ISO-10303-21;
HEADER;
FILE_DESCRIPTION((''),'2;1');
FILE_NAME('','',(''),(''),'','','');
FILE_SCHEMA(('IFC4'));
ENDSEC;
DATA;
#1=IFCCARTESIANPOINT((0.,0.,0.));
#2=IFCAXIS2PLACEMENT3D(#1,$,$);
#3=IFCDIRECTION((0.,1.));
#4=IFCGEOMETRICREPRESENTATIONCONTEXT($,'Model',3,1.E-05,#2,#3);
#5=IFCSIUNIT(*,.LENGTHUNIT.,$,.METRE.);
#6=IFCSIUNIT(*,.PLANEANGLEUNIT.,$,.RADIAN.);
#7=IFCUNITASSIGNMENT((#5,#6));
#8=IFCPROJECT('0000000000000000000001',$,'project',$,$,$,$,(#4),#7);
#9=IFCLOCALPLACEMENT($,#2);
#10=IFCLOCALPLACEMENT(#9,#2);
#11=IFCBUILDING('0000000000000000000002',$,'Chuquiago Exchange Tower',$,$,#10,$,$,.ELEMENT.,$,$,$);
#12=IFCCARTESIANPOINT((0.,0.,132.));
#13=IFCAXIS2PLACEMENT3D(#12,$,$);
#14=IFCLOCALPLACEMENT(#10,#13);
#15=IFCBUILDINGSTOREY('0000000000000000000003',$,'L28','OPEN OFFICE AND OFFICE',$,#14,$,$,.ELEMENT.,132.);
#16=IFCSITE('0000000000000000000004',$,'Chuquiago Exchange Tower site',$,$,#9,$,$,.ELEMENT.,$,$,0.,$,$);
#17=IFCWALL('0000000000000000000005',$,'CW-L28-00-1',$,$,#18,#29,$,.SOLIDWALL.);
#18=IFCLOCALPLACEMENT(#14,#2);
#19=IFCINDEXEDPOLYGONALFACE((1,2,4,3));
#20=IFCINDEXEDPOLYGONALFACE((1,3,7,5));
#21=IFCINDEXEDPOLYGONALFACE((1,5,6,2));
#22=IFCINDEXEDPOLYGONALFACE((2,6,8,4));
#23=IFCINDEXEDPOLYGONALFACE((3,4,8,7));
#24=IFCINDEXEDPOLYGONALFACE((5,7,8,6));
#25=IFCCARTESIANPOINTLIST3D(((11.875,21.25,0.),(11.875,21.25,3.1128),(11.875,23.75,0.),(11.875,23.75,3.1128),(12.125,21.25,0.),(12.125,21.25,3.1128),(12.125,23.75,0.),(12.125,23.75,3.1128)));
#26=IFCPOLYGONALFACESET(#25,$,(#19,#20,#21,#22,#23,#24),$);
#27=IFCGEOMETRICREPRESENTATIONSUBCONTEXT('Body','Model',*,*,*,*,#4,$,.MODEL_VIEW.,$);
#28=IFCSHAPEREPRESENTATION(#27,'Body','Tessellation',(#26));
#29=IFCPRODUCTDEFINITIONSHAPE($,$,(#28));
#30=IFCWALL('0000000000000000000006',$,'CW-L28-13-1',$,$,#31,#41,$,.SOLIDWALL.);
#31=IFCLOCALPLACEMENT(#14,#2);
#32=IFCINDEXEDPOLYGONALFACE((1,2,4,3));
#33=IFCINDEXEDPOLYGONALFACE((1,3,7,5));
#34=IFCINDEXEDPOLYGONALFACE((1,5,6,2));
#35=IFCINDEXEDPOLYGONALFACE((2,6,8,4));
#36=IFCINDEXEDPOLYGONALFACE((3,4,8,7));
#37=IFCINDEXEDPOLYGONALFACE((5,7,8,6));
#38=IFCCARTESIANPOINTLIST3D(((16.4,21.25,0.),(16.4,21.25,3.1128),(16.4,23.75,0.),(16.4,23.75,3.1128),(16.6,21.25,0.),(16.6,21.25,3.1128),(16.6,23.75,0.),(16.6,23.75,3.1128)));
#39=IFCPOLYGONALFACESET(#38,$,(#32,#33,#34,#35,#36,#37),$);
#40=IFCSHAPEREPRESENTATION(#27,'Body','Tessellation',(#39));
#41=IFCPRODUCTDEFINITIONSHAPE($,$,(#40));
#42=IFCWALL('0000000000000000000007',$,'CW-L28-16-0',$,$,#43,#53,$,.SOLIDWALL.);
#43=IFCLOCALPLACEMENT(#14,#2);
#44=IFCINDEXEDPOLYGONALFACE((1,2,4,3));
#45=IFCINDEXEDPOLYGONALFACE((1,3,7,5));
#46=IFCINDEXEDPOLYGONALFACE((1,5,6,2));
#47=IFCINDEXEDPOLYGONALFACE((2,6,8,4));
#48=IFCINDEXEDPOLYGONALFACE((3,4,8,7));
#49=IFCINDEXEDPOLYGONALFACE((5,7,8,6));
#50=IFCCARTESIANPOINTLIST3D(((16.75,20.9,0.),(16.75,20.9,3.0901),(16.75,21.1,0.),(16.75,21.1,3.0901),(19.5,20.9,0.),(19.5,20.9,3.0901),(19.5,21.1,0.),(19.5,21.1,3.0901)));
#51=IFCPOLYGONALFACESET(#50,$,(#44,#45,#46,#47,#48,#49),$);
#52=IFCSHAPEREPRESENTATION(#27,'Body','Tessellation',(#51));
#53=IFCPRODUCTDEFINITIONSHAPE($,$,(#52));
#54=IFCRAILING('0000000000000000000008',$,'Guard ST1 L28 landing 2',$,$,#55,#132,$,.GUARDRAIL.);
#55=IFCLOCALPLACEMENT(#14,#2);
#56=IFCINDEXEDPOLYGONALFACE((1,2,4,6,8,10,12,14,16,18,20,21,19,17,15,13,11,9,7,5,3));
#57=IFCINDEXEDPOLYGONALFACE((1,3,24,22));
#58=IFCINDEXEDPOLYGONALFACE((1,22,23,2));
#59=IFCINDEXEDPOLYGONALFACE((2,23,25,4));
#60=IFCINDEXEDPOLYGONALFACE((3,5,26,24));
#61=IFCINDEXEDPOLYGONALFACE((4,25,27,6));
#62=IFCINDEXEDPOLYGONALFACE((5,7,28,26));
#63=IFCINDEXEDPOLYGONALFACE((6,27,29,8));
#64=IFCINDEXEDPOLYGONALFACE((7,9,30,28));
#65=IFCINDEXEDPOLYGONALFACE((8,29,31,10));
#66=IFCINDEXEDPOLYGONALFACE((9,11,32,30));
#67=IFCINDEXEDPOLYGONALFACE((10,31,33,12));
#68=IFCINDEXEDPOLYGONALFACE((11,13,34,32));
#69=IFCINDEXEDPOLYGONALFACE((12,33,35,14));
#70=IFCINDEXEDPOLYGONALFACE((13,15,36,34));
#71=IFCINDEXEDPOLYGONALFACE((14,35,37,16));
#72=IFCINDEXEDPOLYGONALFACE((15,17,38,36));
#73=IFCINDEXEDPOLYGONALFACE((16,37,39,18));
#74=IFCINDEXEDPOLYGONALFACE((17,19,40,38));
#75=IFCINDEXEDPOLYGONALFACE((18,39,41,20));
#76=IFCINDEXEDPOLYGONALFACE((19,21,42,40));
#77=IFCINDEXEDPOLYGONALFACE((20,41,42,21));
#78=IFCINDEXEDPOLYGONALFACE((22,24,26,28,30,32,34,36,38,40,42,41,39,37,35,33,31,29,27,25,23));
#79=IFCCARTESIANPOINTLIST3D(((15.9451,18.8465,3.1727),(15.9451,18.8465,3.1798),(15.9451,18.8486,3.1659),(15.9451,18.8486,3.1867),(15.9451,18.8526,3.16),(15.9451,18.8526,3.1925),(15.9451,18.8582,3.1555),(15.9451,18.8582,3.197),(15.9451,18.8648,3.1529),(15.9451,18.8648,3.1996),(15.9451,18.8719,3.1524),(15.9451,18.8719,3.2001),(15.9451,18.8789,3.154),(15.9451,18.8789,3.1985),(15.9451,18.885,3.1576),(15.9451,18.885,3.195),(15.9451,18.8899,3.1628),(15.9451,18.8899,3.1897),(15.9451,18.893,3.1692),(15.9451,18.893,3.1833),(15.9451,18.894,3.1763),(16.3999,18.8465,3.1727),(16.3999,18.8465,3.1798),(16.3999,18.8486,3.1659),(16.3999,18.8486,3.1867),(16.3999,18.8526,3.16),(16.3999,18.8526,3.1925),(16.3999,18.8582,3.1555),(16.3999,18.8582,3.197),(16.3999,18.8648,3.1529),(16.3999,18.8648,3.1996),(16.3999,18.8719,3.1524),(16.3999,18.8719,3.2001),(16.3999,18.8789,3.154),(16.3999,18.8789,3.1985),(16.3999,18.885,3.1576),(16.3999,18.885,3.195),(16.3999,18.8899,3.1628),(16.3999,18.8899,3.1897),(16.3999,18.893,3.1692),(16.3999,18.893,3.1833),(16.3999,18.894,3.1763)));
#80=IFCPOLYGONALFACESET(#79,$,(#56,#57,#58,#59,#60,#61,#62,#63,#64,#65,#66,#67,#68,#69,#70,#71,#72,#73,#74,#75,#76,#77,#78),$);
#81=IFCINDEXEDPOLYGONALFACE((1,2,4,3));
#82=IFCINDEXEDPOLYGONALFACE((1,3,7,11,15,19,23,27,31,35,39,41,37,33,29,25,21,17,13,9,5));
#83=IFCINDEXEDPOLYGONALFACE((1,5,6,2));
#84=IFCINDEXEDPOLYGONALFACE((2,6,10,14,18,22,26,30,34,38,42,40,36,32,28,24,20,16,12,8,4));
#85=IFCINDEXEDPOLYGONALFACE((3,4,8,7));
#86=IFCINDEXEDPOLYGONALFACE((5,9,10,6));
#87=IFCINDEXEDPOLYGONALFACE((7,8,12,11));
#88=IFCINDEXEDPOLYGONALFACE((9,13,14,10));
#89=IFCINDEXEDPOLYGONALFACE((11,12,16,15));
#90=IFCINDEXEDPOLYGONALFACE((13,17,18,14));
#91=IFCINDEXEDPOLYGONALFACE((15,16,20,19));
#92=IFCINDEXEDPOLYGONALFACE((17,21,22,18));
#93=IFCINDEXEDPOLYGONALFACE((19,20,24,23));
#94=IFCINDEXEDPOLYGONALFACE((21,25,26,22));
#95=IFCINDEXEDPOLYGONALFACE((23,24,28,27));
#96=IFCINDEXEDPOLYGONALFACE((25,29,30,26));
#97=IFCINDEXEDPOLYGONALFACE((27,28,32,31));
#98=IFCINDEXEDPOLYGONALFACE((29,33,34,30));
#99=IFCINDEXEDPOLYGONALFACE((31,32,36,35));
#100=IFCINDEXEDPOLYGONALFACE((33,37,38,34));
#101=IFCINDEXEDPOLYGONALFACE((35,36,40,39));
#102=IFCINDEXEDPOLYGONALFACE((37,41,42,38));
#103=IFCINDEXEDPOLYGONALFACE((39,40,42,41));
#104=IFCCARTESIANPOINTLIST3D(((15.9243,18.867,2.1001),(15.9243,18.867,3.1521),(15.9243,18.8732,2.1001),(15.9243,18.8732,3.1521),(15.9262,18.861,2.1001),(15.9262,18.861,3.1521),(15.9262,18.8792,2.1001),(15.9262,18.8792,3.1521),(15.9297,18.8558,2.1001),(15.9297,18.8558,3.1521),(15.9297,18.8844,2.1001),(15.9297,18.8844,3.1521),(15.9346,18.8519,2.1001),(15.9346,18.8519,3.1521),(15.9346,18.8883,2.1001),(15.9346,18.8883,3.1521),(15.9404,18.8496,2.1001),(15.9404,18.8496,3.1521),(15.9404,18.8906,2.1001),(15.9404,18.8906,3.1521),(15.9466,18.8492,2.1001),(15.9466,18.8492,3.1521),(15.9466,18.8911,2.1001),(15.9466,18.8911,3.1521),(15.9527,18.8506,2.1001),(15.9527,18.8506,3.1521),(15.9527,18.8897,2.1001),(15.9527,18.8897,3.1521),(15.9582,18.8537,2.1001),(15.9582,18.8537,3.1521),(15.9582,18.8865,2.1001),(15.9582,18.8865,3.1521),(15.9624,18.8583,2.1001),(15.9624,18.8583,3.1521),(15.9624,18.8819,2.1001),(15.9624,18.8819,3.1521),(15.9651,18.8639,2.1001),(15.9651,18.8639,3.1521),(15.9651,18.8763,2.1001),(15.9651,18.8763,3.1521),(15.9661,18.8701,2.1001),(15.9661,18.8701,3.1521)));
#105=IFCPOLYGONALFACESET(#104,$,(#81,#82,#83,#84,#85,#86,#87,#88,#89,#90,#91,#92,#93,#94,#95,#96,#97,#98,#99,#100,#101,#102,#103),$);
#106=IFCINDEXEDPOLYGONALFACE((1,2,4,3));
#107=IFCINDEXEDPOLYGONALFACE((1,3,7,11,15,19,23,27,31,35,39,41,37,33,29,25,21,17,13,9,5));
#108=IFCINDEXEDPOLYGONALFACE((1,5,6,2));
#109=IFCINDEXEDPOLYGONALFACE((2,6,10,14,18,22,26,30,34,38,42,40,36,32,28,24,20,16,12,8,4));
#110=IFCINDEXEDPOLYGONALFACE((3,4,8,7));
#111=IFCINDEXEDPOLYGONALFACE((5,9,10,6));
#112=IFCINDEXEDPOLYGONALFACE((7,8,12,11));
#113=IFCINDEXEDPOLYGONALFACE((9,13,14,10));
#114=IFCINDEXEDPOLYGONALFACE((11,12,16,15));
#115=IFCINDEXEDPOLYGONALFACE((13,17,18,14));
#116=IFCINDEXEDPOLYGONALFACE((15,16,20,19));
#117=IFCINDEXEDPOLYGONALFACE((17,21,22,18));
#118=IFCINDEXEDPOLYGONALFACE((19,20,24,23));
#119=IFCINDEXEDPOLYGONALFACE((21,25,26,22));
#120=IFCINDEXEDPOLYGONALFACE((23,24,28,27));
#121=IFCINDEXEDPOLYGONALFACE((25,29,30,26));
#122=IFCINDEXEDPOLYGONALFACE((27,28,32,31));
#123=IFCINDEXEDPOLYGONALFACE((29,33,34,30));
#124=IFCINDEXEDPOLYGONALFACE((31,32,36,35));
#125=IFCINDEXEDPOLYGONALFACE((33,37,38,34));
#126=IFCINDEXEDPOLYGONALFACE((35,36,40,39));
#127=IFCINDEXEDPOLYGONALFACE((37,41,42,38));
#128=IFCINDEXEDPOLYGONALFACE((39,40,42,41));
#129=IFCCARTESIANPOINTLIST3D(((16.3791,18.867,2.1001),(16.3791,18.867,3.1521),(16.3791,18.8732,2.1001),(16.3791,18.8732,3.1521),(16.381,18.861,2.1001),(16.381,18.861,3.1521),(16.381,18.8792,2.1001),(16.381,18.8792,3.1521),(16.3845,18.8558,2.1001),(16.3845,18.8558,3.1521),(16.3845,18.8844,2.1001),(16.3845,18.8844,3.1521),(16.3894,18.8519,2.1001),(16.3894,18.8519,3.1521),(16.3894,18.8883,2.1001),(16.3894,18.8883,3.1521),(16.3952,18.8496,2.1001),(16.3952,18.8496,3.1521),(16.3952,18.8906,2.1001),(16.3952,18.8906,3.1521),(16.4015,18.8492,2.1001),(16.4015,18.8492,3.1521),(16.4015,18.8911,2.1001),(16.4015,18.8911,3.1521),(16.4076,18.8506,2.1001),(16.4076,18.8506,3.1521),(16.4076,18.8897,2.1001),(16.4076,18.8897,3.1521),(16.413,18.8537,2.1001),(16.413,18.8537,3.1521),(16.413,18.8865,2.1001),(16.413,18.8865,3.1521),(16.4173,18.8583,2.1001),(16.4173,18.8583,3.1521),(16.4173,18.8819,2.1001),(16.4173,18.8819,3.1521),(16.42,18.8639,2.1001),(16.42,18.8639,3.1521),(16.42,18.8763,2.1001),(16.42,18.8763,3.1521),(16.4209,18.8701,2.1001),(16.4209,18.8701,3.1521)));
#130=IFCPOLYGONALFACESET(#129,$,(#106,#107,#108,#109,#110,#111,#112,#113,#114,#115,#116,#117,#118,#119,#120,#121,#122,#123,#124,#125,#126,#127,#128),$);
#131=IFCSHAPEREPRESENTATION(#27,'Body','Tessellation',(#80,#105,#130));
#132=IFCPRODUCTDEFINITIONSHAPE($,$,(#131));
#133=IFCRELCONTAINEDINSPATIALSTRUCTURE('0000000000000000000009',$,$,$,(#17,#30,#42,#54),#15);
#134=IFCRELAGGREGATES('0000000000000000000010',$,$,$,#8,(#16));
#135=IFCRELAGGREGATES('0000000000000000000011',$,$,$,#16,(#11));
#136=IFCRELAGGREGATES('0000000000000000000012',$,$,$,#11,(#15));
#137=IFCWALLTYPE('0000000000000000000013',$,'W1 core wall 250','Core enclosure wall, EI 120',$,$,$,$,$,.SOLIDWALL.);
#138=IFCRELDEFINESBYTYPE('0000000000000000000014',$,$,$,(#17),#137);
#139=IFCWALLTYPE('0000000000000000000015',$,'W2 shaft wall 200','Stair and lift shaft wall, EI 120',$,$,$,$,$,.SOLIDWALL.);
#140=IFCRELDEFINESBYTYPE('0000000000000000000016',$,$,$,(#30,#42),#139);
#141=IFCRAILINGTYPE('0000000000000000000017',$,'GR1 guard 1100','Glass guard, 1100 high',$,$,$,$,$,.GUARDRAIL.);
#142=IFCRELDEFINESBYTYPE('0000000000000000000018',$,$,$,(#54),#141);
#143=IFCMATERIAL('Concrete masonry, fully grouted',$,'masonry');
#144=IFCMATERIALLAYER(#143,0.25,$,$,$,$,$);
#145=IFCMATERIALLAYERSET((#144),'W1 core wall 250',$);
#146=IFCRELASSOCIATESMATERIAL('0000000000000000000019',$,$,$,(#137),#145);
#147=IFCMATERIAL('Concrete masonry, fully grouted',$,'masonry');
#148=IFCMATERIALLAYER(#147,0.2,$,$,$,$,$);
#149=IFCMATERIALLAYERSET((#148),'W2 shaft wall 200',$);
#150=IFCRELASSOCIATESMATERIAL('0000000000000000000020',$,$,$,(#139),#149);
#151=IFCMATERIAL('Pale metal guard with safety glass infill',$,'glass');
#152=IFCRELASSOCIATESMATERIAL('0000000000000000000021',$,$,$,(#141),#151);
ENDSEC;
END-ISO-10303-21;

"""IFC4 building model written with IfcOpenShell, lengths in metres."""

from ifc_helpers import new_model, si_unit, direction, frame, frame_2d, origin, origin_2d, place, context, subcontext, project, spatial, rectangle, circle, extrude, material, layer, layer_set, type_object, element, save


model = new_model("IFC4")

# Units and contexts
model_context = context("Model", 3, precision=1e-05, world=origin(), true_north=direction((0.0, 1.0)))
body_context = subcontext(model_context, "Body", "Model", "MODEL_VIEW")
ifc_project = project(units=[si_unit("LENGTHUNIT", "METRE"), si_unit("PLANEANGLEUNIT", "RADIAN")], contexts=[model_context])

# Site, building, storey
site_placement = place(None, origin())
site = spatial("IfcSite", under=ifc_project, at=site_placement, Name="Chuquiago Exchange Tower site", CompositionType="ELEMENT", RefElevation=0.0)
building_placement = place(site_placement, origin())
building = spatial("IfcBuilding", under=site, at=building_placement, Name="Chuquiago Exchange Tower", CompositionType="ELEMENT")
storey_placement = place(building_placement, frame((0.0, 0.0, 132.0)))
storey = spatial("IfcBuildingStorey", under=building, at=storey_placement, Name="L28", Description="OPEN OFFICE AND OFFICE", CompositionType="ELEMENT", Elevation=132.0)

# Walls
ifc_material_1 = material(Name="Concrete masonry, fully grouted", Category="masonry")
ifc_layer_1 = layer(ifc_material_1, 0.25)
ifc_layer_set_1 = layer_set([ifc_layer_1], Name="W1 core wall 250")
wall_type_1 = type_object("IfcWallType", Name="W1 core wall 250", Description="Core enclosure wall, EI 120", PredefinedType="SOLIDWALL", material=ifc_layer_set_1)
wall_1_placement = place(storey_placement, frame((12.0, 21.25, 0.0), z_axis=(0.0, 0.0, 1.0), x_axis=(0.0, 1.0, 0.0)))
element("IfcWall", 1, at=wall_1_placement, inside=storey, type_object=wall_type_1, Name="CW-L28-00-1", PredefinedType="SOLIDWALL", context=body_context, shape_type="SweptSolid", body=[
    extrude(rectangle(XDim=2.5, YDim=0.25, at=frame_2d((1.25, 0.0))), origin(), (0.0, 0.0, 1.0), 3.1128),
])
ifc_material_2 = material(Name="Concrete masonry, fully grouted", Category="masonry")
ifc_layer_2 = layer(ifc_material_2, 0.2)
ifc_layer_set_2 = layer_set([ifc_layer_2], Name="W2 shaft wall 200")
wall_type_2 = type_object("IfcWallType", Name="W2 shaft wall 200", Description="Stair and lift shaft wall, EI 120", PredefinedType="SOLIDWALL", material=ifc_layer_set_2)
wall_2_placement = place(storey_placement, frame((16.5, 21.25, 0.0), z_axis=(0.0, 0.0, 1.0), x_axis=(0.0, 1.0, 0.0)))
element("IfcWall", 2, at=wall_2_placement, inside=storey, type_object=wall_type_2, Name="CW-L28-13-1", PredefinedType="SOLIDWALL", context=body_context, shape_type="SweptSolid", body=[
    extrude(rectangle(XDim=2.5, YDim=0.2, at=frame_2d((1.25, 0.0))), origin(), (0.0, 0.0, 1.0), 3.1128),
])
wall_3_placement = place(storey_placement, frame((16.75, 21.0, 0.0), z_axis=(0.0, 0.0, 1.0), x_axis=(1.0, 0.0, 0.0)))
element("IfcWall", 3, at=wall_3_placement, inside=storey, type_object=wall_type_2, Name="CW-L28-16-0", PredefinedType="SOLIDWALL", context=body_context, shape_type="SweptSolid", body=[
    extrude(rectangle(XDim=2.75, YDim=0.2, at=frame_2d((1.375, 0.0))), origin(), (0.0, 0.0, 1.0), 3.0901),
])

# Railing
ifc_material_3 = material(Name="Pale metal guard with safety glass infill", Category="glass")
railing_type_1 = type_object("IfcRailingType", Name="GR1 guard 1100", Description="Glass guard, 1100 high", PredefinedType="GUARDRAIL", material=ifc_material_3)
railing_placement = place(storey_placement, frame((15.9451, 18.8701, 2.1001)))
element("IfcRailing", 4, at=railing_placement, inside=storey, type_object=railing_type_1, Name="Guard ST1 L28 landing 2", PredefinedType="GUARDRAIL", context=body_context, shape_type="SweptSolid", body=[
    extrude(circle(Radius=0.0239, at=origin_2d()), frame((0.0, 0.0, 1.0762), z_axis=(1.0, 0.0, 0.0), x_axis=(0.0, 1.0, 0.0)), (0.0, 0.0, 1.0), 0.4548),
    extrude(circle(Radius=0.021, at=origin_2d()), origin(), (0.0, 0.0, 1.0), 1.052),
    extrude(circle(Radius=0.021, at=origin_2d()), frame((0.4548, 0.0, 0.0)), (0.0, 0.0, 1.0), 1.052),
])

save(model, "model.ifc")
